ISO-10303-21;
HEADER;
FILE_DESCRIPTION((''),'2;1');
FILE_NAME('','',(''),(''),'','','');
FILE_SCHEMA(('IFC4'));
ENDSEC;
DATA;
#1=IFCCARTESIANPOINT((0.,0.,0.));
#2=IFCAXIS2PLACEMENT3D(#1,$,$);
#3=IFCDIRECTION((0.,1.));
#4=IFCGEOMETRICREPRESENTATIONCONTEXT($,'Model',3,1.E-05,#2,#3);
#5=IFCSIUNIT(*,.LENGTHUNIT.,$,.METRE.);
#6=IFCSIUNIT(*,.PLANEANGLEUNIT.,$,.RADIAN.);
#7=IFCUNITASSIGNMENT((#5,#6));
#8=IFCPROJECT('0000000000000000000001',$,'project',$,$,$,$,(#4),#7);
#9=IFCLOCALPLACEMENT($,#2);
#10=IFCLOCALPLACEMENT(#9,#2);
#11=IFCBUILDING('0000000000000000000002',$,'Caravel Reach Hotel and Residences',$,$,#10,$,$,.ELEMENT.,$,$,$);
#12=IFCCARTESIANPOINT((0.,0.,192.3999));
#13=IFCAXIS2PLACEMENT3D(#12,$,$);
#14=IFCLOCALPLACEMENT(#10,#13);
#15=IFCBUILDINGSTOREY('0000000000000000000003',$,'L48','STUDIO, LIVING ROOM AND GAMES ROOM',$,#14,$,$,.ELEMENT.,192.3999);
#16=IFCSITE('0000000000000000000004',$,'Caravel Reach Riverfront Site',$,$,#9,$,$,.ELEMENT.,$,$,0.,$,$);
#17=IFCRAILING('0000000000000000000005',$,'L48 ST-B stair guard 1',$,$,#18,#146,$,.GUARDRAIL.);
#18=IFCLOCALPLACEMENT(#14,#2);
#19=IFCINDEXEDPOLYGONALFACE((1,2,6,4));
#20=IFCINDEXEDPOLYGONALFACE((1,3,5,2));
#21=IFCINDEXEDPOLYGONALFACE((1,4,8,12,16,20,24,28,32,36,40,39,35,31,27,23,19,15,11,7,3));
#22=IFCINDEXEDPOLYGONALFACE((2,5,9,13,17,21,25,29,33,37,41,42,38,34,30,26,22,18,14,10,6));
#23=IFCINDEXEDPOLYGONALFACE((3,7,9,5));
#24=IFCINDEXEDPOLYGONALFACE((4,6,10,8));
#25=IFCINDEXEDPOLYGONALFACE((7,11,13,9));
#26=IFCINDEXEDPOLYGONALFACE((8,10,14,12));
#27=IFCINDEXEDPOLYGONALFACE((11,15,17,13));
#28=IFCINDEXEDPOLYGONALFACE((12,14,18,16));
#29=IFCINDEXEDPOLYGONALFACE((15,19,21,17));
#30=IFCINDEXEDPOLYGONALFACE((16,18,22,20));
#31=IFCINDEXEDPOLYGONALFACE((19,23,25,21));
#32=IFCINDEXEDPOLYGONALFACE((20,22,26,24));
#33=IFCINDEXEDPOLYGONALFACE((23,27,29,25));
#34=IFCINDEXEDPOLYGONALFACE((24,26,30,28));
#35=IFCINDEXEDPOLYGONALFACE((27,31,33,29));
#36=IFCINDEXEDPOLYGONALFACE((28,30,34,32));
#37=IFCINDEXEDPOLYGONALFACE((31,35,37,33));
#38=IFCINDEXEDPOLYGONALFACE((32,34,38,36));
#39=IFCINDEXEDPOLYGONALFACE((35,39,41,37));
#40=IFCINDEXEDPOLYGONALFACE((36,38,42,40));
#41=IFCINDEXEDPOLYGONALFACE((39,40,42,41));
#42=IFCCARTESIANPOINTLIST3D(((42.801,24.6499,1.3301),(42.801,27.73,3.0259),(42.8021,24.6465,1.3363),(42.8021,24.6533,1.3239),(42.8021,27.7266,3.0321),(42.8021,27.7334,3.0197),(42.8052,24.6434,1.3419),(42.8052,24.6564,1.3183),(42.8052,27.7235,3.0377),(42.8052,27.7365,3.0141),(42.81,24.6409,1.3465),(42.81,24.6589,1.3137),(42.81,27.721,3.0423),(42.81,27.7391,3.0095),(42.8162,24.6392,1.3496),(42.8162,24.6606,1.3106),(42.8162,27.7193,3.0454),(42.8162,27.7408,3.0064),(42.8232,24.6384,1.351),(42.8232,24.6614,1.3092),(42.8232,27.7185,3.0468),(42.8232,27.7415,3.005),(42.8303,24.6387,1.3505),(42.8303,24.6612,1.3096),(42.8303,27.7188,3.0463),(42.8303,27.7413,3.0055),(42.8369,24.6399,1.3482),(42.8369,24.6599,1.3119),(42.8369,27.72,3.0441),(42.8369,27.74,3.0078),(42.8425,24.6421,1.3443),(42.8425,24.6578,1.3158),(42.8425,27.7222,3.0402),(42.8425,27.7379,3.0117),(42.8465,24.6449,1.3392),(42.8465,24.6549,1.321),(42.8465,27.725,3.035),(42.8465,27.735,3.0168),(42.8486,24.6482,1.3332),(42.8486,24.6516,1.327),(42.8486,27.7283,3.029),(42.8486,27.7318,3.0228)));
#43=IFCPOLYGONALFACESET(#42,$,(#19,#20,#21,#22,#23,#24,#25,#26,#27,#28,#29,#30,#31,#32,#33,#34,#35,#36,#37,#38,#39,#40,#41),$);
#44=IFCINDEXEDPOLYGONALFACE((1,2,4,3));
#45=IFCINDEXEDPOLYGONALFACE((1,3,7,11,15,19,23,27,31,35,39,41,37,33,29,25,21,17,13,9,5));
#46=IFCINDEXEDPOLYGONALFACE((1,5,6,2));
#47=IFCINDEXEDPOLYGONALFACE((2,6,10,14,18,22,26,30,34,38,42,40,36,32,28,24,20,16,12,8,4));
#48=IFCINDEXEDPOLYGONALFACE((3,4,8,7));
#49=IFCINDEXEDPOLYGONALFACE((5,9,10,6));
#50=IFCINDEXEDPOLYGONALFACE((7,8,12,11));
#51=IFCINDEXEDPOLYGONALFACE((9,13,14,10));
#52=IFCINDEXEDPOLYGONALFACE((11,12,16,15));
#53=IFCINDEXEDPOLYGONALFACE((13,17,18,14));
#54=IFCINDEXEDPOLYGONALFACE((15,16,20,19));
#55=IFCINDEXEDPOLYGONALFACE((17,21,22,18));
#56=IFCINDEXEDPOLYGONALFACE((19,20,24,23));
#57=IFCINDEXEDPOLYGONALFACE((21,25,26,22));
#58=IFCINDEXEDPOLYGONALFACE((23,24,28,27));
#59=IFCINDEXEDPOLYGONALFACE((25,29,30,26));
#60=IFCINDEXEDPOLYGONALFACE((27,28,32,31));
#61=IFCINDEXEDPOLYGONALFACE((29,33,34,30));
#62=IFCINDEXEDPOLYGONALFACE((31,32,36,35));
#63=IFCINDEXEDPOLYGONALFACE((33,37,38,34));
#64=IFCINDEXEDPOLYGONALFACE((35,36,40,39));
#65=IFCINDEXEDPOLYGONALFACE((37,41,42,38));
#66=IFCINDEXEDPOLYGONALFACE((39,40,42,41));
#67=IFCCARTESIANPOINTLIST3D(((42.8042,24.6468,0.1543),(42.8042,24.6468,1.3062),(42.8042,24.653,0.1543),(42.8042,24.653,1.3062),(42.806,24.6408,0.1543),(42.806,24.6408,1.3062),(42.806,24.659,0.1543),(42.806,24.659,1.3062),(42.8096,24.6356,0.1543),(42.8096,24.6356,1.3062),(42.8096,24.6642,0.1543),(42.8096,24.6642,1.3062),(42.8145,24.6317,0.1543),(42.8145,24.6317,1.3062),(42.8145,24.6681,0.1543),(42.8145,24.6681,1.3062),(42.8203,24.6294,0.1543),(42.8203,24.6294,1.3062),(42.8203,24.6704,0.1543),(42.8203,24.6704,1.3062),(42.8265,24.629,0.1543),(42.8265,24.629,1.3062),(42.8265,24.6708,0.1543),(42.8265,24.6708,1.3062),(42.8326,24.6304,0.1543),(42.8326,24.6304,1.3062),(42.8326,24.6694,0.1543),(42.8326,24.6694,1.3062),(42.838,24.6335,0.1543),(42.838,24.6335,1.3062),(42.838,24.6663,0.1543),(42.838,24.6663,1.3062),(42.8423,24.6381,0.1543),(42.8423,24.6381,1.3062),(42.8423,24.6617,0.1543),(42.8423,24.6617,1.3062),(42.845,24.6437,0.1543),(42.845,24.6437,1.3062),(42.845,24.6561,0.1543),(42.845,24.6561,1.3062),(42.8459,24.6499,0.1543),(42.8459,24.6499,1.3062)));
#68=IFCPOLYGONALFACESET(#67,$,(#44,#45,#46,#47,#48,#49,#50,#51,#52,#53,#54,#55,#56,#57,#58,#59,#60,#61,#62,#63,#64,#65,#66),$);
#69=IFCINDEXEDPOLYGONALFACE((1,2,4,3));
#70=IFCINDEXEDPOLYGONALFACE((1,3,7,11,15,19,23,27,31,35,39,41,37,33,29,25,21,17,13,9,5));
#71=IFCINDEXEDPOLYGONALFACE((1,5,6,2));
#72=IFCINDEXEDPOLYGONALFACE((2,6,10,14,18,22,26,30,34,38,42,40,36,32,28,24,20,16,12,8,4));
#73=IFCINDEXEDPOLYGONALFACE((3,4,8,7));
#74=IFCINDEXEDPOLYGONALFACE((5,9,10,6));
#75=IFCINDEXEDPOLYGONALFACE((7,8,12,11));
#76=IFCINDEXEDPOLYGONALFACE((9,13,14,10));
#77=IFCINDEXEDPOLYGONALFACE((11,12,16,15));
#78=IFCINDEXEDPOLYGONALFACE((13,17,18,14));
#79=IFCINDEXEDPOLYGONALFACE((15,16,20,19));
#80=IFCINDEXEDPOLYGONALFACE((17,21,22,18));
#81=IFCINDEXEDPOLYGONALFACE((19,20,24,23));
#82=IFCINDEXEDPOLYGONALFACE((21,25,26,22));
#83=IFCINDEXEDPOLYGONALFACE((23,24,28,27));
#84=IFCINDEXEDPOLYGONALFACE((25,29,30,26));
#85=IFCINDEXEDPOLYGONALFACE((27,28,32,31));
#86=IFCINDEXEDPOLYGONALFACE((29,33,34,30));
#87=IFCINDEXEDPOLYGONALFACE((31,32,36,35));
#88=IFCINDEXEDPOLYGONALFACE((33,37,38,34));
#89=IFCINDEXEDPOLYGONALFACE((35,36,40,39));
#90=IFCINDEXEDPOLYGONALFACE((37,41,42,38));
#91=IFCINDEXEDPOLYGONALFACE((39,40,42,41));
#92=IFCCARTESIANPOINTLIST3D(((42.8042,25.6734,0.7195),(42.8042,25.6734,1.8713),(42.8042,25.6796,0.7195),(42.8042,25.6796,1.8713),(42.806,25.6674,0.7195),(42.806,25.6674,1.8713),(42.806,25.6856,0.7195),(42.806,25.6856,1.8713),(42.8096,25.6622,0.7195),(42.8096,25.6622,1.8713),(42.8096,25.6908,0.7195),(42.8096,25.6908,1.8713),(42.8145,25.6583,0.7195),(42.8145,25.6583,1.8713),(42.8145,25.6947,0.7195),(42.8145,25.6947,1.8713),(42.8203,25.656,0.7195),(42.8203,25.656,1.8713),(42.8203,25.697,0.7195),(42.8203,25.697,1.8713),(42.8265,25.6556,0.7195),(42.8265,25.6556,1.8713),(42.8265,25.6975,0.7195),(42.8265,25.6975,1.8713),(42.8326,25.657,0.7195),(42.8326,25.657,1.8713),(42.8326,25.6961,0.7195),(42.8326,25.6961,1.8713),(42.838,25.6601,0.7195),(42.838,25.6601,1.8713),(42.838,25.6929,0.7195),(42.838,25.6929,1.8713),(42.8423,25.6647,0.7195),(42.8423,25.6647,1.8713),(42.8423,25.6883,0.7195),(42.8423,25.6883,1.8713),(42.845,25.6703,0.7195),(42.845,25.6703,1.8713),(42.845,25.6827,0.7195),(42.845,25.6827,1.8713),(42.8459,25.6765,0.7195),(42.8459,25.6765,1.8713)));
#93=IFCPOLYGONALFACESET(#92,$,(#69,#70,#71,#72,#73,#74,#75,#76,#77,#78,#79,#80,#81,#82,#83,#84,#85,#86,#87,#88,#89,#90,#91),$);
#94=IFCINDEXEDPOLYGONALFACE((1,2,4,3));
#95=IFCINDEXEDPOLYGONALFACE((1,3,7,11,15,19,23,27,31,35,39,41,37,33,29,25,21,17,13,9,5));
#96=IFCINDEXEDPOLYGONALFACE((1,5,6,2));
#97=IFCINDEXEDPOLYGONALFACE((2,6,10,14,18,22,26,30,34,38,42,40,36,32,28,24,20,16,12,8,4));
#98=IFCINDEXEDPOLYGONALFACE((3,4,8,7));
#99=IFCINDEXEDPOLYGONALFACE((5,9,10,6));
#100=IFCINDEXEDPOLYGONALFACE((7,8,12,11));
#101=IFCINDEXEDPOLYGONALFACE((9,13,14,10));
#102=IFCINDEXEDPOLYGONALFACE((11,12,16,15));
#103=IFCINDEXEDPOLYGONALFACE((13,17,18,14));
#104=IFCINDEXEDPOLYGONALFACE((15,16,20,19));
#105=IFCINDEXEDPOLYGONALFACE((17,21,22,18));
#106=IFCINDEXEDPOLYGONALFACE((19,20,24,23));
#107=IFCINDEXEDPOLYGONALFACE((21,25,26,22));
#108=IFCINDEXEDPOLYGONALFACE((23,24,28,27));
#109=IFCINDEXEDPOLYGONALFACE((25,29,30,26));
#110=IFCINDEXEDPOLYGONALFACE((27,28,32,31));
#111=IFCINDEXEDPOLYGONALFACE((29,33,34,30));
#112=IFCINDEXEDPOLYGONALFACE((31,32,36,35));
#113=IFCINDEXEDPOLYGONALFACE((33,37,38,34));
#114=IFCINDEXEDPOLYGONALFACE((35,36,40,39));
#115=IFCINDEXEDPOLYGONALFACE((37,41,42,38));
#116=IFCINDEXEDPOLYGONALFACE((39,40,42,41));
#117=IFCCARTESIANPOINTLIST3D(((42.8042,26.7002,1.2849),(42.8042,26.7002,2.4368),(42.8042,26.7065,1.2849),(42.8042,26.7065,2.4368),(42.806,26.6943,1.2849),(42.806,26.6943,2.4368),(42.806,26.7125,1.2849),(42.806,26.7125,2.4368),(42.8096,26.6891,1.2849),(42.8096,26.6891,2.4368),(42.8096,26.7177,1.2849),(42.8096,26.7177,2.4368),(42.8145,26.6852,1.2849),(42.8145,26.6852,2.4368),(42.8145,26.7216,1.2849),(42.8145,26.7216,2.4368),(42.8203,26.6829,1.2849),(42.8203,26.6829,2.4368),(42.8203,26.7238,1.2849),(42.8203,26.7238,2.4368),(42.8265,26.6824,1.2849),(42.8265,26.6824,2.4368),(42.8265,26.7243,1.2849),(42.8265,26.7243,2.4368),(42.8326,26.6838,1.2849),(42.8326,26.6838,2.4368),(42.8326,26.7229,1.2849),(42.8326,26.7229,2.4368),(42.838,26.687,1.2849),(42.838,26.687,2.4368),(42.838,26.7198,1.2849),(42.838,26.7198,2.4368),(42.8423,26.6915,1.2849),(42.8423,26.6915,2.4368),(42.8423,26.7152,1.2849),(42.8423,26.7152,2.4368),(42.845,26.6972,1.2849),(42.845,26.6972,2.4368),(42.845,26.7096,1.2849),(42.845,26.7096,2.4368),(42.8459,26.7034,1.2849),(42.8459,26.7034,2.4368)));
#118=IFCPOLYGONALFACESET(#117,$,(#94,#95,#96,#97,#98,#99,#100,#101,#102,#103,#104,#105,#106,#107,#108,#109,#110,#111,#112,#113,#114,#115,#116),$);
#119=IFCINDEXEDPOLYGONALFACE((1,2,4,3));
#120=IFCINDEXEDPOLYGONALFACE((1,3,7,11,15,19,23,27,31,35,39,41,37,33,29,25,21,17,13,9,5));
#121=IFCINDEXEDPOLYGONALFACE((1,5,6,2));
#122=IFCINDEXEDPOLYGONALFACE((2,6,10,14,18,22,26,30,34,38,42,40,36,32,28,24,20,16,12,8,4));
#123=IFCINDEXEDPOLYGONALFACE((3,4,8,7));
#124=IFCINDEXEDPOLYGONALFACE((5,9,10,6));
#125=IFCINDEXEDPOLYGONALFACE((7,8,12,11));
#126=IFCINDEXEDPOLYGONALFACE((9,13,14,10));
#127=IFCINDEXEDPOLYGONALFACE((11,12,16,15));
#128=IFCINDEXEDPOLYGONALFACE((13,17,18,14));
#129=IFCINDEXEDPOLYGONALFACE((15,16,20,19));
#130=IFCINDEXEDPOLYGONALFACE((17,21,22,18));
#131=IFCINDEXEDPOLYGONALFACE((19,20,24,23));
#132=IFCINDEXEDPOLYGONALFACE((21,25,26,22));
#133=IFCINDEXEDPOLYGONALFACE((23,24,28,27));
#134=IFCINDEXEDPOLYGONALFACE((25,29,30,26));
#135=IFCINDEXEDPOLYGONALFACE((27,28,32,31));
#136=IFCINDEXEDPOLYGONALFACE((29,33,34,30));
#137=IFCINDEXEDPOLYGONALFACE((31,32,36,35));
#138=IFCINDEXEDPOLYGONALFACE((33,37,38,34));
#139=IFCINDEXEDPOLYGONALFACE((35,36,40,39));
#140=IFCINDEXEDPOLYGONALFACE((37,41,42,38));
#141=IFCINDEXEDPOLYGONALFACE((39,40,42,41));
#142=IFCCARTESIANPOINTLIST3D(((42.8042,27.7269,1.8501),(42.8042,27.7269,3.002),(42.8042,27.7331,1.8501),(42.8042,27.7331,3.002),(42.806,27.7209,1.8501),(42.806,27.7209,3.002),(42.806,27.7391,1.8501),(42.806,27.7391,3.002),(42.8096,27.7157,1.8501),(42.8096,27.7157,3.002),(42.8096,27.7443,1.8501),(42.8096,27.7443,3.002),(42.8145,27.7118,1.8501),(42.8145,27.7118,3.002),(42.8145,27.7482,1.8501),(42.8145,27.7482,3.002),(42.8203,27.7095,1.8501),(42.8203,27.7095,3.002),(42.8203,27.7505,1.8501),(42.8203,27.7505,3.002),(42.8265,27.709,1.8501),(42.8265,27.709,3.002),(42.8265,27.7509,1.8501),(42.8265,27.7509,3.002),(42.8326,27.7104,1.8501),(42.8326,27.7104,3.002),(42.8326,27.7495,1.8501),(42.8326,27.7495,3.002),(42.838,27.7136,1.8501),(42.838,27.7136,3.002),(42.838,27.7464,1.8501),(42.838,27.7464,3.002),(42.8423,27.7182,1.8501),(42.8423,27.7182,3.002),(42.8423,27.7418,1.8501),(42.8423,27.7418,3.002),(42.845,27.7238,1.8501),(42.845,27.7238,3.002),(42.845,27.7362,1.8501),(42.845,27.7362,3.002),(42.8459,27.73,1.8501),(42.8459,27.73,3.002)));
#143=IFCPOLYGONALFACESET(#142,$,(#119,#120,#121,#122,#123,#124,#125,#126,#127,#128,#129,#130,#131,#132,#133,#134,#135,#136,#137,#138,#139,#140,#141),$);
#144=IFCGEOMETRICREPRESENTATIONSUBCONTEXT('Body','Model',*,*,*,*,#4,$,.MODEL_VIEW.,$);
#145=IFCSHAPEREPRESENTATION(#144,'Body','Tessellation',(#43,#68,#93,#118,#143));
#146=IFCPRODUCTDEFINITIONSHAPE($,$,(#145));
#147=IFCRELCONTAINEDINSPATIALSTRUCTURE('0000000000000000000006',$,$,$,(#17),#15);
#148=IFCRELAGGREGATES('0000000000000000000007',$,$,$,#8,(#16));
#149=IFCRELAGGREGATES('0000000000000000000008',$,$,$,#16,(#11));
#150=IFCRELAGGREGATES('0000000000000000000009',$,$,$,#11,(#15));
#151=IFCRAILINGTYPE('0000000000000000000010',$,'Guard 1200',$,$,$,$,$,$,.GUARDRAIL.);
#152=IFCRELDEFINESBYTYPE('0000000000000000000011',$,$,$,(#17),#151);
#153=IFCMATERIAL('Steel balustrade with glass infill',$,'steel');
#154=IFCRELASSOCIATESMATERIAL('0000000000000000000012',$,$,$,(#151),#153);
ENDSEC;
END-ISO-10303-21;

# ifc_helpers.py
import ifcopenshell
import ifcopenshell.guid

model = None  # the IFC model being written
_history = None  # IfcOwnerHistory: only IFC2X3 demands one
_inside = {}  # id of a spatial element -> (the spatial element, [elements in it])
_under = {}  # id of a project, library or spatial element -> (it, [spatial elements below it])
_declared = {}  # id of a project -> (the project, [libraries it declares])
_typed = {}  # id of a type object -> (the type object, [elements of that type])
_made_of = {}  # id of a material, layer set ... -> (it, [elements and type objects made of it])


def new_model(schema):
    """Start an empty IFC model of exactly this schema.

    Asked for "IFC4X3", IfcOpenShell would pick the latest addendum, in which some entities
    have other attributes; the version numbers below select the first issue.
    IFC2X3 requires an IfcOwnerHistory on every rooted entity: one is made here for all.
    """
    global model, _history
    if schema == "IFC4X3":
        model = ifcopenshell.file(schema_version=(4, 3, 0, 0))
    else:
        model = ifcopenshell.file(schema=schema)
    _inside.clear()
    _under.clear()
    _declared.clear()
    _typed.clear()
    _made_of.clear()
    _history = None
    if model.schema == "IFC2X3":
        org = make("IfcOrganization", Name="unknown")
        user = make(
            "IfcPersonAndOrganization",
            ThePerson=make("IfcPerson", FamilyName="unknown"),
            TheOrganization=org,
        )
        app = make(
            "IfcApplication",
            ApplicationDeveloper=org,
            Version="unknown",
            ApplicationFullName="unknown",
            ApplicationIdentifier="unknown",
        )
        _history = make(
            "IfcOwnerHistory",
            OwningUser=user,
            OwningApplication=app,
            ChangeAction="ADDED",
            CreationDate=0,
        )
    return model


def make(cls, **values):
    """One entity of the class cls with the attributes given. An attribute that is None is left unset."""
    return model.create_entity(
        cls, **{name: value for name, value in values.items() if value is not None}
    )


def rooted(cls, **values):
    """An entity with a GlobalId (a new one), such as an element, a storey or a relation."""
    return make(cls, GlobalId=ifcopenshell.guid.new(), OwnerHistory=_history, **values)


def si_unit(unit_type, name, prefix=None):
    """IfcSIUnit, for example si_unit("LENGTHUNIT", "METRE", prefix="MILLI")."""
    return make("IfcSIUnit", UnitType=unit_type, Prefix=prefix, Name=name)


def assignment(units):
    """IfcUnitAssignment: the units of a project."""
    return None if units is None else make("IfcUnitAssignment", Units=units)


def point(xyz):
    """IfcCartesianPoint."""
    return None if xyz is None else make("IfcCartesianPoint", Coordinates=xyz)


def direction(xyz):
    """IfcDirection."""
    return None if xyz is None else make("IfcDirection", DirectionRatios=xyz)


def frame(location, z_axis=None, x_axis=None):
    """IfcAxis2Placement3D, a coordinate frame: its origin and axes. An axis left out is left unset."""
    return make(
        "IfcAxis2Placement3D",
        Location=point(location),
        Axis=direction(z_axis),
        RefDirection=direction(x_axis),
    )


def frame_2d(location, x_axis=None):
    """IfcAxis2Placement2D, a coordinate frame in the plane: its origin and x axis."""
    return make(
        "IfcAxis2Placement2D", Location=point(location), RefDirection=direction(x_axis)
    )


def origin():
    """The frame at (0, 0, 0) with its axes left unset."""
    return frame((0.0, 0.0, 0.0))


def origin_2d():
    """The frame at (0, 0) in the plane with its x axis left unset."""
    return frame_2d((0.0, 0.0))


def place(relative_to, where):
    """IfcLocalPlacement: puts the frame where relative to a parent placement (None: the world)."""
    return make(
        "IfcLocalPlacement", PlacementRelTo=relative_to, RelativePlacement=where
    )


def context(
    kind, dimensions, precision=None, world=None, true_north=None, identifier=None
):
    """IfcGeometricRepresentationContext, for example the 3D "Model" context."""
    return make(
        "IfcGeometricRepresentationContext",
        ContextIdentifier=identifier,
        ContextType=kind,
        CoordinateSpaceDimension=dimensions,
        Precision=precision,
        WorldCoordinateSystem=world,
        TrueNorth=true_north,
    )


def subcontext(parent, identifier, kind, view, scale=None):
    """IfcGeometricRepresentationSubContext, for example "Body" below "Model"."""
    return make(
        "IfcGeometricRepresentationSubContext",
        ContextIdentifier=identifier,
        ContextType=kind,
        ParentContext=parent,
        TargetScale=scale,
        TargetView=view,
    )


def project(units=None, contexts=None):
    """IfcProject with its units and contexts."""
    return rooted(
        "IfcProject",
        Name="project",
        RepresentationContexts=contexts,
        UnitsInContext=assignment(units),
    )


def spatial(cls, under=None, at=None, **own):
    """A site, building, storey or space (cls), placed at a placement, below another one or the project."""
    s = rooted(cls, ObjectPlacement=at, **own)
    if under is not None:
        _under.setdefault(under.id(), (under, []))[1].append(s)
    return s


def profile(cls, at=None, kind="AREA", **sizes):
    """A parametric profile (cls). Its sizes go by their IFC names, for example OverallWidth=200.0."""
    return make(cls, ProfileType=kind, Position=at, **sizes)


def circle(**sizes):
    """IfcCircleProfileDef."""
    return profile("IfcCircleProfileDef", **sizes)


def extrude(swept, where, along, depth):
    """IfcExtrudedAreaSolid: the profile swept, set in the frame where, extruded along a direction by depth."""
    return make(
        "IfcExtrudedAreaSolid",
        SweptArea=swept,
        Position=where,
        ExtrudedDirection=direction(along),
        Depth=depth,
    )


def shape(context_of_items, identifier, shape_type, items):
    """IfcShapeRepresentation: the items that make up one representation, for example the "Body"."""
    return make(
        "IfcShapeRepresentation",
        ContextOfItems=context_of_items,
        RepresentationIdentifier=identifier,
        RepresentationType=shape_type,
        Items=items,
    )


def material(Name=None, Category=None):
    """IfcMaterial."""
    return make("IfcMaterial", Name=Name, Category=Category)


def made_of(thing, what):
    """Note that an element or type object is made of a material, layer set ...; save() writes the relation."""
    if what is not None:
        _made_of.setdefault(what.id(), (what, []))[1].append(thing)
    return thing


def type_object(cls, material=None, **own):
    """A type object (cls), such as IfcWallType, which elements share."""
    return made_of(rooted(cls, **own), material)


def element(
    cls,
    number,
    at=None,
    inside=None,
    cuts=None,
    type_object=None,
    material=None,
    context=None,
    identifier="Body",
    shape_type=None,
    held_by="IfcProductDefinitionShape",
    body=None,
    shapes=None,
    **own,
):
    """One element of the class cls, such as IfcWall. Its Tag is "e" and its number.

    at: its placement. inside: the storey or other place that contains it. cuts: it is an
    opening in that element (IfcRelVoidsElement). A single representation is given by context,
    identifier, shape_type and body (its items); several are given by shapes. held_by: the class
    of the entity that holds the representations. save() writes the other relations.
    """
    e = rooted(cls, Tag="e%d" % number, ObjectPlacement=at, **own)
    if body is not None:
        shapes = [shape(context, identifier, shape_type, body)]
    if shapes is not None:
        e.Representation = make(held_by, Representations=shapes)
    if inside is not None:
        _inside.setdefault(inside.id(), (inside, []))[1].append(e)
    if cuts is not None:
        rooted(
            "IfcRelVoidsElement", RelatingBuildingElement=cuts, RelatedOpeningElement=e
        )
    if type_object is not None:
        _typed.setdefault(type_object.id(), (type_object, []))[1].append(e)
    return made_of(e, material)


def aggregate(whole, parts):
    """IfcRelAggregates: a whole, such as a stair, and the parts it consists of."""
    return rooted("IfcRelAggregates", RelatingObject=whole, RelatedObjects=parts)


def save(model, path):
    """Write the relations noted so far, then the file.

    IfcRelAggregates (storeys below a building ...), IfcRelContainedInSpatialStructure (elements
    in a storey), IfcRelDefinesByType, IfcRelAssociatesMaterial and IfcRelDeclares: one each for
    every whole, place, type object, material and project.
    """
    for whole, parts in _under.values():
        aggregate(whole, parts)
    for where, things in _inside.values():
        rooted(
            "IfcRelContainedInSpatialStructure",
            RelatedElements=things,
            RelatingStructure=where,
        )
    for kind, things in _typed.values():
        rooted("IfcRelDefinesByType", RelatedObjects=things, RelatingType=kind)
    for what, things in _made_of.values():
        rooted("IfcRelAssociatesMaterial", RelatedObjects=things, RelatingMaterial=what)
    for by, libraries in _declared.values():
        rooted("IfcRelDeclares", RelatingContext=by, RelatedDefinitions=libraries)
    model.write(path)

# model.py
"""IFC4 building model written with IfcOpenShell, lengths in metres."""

from ifc_helpers import new_model, si_unit, direction, frame, origin, origin_2d, place, context, subcontext, project, spatial, circle, extrude, material, type_object, element, save


model = new_model("IFC4")

# Units and contexts
model_context = context("Model", 3, precision=1e-05, world=origin(), true_north=direction((0.0, 1.0)))
body_context = subcontext(model_context, "Body", "Model", "MODEL_VIEW")
ifc_project = project(units=[si_unit("LENGTHUNIT", "METRE"), si_unit("PLANEANGLEUNIT", "RADIAN")], contexts=[model_context])

# Site, building, storey
site_placement = place(None, origin())
site = spatial("IfcSite", under=ifc_project, at=site_placement, Name="Caravel Reach Riverfront Site", CompositionType="ELEMENT", RefElevation=0.0)
building_placement = place(site_placement, origin())
building = spatial("IfcBuilding", under=site, at=building_placement, Name="Caravel Reach Hotel and Residences", CompositionType="ELEMENT")
storey_placement = place(building_placement, frame((0.0, 0.0, 192.3999)))
storey = spatial("IfcBuildingStorey", under=building, at=storey_placement, Name="L48", Description="STUDIO, LIVING ROOM AND GAMES ROOM", CompositionType="ELEMENT", Elevation=192.3999)

# Railing
ifc_material_1 = material(Name="Steel balustrade with glass infill", Category="steel")
railing_type_1 = type_object("IfcRailingType", Name="Guard 1200", PredefinedType="GUARDRAIL", material=ifc_material_1)
railing_1_placement = place(storey_placement, frame((42.825, 24.6499, 0.1543)))
element("IfcRailing", 1, at=railing_1_placement, inside=storey, type_object=railing_type_1, Name="L48 ST-B stair guard 1", PredefinedType="GUARDRAIL", context=body_context, shape_type="SweptSolid", body=[
    extrude(circle(Radius=0.0239, at=origin_2d()), frame((0.0, 0.0, 1.1758), z_axis=(0.0, 0.876005, 0.482303), x_axis=(-1.0, 0.0, 0.0)), (0.0, 0.0, 1.0), 3.5161),
    extrude(circle(Radius=0.021, at=origin_2d()), origin(), (0.0, 0.0, 1.0), 1.1519),
    extrude(circle(Radius=0.021, at=origin_2d()), frame((0.0, 1.0266, 0.5652)), (0.0, 0.0, 1.0), 1.1519),
    extrude(circle(Radius=0.021, at=origin_2d()), frame((0.0, 2.0535, 1.1306)), (0.0, 0.0, 1.0), 1.1519),
    extrude(circle(Radius=0.021, at=origin_2d()), frame((0.0, 3.0801, 1.6958)), (0.0, 0.0, 1.0), 1.1519),
])

save(model, "model.ifc")
